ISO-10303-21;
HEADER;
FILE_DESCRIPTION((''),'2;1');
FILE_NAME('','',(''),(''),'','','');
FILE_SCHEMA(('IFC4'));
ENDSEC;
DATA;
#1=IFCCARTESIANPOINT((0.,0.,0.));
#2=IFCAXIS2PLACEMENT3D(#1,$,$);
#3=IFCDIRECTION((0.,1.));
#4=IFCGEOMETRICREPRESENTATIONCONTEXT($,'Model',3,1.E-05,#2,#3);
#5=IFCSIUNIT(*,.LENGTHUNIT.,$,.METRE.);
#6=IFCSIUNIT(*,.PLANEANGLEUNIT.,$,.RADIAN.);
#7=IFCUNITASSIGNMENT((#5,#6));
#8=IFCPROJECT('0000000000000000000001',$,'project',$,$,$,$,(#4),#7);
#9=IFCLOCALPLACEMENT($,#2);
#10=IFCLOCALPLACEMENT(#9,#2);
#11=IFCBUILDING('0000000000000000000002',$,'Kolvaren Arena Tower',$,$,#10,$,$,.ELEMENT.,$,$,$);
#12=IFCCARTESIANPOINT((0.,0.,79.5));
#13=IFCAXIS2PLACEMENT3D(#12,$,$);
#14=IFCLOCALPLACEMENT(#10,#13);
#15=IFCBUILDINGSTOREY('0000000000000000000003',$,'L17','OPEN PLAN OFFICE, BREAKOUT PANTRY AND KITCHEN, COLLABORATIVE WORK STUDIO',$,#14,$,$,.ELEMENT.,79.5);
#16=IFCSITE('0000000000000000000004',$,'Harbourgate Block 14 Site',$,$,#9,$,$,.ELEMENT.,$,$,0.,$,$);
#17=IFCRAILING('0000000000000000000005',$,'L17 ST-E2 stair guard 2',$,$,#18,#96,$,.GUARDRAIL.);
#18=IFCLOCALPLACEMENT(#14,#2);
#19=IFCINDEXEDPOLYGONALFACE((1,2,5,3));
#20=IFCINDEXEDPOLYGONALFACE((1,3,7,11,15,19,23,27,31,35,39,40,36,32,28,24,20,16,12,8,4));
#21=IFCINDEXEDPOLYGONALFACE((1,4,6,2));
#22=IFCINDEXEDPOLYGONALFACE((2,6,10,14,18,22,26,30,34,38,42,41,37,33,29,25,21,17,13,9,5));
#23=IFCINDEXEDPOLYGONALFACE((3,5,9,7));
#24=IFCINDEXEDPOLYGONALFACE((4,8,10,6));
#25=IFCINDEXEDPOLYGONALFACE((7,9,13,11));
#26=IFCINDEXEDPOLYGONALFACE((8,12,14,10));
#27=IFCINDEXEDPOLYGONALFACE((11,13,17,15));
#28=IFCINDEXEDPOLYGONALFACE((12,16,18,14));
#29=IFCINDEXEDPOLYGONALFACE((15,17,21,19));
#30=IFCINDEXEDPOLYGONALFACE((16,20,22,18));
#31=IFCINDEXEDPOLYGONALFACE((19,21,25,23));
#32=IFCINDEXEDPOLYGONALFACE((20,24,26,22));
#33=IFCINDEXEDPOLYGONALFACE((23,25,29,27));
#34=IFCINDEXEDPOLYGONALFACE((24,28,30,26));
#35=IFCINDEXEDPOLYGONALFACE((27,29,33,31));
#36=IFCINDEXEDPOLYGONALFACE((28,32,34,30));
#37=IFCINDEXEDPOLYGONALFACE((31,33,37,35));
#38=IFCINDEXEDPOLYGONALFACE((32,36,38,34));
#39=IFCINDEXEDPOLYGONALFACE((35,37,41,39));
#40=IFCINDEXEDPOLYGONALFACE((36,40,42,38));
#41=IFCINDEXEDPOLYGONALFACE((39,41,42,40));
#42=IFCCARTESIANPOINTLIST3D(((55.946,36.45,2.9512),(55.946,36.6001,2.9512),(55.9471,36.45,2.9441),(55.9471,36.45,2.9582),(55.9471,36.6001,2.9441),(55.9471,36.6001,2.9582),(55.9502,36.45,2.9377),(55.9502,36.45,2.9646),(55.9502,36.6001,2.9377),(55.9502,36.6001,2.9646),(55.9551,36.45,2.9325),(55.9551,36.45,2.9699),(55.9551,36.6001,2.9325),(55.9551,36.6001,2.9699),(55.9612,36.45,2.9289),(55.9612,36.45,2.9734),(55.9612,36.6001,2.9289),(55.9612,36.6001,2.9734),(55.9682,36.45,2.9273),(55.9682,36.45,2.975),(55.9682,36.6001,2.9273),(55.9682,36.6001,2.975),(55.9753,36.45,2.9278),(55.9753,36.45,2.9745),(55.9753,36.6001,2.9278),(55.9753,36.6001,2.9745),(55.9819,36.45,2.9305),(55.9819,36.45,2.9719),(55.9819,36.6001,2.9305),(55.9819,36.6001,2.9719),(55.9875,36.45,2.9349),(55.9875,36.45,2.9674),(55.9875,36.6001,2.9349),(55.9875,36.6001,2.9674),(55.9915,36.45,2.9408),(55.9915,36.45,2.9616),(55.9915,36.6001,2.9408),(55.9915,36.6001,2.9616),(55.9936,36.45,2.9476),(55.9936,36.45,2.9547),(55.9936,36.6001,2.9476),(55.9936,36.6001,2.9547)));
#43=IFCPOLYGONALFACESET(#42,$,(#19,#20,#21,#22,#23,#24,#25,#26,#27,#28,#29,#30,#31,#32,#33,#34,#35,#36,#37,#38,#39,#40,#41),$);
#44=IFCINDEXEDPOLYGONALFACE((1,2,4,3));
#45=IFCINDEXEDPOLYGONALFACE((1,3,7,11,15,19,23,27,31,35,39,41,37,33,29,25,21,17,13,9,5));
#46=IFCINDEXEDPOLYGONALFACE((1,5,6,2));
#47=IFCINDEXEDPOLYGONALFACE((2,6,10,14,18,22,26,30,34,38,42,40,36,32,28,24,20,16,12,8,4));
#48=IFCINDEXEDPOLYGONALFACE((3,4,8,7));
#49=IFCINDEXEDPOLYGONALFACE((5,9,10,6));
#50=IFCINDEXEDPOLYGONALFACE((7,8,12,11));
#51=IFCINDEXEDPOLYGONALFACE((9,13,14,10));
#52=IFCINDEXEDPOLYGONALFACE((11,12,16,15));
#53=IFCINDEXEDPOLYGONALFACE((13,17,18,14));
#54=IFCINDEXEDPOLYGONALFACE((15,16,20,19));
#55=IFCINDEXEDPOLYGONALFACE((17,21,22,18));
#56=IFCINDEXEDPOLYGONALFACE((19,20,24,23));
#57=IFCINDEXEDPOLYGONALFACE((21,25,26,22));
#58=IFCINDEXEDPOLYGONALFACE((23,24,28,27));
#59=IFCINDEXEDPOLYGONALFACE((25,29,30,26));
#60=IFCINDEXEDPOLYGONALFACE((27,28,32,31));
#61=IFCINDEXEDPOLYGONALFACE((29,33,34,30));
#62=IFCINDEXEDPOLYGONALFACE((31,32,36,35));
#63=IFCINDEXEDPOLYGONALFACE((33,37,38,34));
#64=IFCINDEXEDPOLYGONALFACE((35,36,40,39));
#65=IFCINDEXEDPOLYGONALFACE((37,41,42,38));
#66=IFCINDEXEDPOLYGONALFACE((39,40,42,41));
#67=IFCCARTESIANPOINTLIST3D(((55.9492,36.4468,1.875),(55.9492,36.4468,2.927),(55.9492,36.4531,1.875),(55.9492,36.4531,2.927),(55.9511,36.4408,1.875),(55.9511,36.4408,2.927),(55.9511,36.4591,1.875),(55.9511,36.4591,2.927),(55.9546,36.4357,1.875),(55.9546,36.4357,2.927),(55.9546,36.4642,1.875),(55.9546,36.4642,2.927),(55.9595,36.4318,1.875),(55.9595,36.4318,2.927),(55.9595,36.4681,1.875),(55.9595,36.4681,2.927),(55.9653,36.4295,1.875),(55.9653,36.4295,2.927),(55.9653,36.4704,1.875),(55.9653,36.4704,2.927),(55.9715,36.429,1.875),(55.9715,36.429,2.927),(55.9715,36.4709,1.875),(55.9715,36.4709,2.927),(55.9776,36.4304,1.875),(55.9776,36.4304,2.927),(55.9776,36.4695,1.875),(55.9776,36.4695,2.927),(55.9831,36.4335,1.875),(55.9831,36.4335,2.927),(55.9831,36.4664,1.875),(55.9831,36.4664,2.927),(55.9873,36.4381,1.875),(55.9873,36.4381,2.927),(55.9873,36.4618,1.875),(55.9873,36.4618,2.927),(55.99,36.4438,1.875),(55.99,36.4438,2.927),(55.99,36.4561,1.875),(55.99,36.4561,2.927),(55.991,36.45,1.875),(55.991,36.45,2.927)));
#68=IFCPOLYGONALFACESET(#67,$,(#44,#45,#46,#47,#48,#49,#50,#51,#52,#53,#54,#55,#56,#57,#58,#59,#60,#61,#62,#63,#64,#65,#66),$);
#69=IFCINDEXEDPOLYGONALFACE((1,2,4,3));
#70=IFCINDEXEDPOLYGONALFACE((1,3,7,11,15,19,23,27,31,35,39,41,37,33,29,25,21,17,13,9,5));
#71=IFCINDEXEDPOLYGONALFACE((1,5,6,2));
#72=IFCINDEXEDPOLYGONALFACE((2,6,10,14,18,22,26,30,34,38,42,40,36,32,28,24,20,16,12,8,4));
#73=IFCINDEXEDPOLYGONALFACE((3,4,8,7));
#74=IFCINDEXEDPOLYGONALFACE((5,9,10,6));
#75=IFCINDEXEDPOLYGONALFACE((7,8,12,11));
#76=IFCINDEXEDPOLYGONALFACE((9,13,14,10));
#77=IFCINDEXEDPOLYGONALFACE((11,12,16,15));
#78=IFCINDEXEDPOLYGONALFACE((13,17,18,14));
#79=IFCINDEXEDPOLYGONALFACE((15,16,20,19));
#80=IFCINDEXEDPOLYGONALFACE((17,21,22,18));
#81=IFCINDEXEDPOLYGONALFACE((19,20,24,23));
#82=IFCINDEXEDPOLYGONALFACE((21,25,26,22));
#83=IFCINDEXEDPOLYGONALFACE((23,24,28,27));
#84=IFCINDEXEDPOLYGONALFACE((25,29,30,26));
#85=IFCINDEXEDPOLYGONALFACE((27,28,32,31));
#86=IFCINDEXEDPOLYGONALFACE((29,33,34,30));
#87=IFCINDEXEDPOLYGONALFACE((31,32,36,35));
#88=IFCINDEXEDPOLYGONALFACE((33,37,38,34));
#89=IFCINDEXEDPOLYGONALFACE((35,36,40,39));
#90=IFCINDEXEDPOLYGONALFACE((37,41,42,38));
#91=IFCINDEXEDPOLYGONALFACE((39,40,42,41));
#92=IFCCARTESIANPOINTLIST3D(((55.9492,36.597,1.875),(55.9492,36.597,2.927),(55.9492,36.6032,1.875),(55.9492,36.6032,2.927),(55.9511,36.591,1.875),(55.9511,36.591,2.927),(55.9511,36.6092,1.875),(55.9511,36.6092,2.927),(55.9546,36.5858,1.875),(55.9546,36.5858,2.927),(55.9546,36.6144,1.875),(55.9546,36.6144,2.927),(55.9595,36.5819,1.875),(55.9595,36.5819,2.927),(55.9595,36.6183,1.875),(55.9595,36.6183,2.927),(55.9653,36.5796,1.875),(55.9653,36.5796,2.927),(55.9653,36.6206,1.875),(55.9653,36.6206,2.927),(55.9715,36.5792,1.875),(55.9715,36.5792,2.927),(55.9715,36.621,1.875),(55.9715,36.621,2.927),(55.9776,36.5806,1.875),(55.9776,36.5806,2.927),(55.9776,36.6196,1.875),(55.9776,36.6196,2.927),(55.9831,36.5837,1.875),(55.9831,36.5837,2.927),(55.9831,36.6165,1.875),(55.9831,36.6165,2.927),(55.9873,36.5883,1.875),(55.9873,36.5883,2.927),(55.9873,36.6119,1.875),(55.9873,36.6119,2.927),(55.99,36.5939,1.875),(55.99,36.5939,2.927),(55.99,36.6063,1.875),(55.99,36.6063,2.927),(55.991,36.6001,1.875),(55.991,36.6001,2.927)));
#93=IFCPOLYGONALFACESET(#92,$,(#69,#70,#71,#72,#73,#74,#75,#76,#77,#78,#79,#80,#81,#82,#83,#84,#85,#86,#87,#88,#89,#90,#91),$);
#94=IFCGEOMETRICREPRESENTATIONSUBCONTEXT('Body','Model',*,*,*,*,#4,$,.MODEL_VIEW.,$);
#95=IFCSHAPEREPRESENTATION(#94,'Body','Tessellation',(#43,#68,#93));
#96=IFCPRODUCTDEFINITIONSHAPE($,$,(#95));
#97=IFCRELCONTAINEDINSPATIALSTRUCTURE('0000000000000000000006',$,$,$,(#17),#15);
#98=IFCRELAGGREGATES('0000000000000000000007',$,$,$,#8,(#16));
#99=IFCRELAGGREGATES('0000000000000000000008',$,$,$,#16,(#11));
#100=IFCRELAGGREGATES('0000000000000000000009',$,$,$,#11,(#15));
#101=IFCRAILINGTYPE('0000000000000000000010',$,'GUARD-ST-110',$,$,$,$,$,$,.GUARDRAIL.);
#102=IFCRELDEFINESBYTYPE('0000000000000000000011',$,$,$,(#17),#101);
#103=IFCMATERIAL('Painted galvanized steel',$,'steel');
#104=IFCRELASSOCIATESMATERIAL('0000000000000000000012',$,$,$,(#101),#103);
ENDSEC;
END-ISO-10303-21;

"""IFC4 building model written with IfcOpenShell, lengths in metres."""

from ifc_helpers import new_model, si_unit, direction, frame, origin, origin_2d, place, context, subcontext, project, spatial, circle, extrude, material, type_object, element, save


model = new_model("IFC4")

# Units and contexts
model_context = context("Model", 3, precision=1e-05, world=origin(), true_north=direction((0.0, 1.0)))
body_context = subcontext(model_context, "Body", "Model", "MODEL_VIEW")
ifc_project = project(units=[si_unit("LENGTHUNIT", "METRE"), si_unit("PLANEANGLEUNIT", "RADIAN")], contexts=[model_context])

# Site, building, storey
site_placement = place(None, origin())
site = spatial("IfcSite", under=ifc_project, at=site_placement, Name="Harbourgate Block 14 Site", CompositionType="ELEMENT", RefElevation=0.0)
building_placement = place(site_placement, origin())
building = spatial("IfcBuilding", under=site, at=building_placement, Name="Kolvaren Arena Tower", CompositionType="ELEMENT")
storey_placement = place(building_placement, frame((0.0, 0.0, 79.5)))
storey = spatial("IfcBuildingStorey", under=building, at=storey_placement, Name="L17", Description="OPEN PLAN OFFICE, BREAKOUT PANTRY AND KITCHEN, COLLABORATIVE WORK STUDIO", CompositionType="ELEMENT", Elevation=79.5)

# Railing
ifc_material_1 = material(Name="Painted galvanized steel", Category="steel")
railing_type_1 = type_object("IfcRailingType", Name="GUARD-ST-110", PredefinedType="GUARDRAIL", material=ifc_material_1)
railing_1_placement = place(storey_placement, frame((55.97, 36.45, 1.875)))
element("IfcRailing", 1, at=railing_1_placement, inside=storey, type_object=railing_type_1, Name="L17 ST-E2 stair guard 2", PredefinedType="GUARDRAIL", context=body_context, shape_type="SweptSolid", body=[
    extrude(circle(Radius=0.0239, at=origin_2d()), frame((0.0, 0.0, 1.0762), z_axis=(0.0, 1.0, 0.0), x_axis=(-1.0, 0.0, 0.0)), (0.0, 0.0, 1.0), 0.1501),
    extrude(circle(Radius=0.021, at=origin_2d()), origin(), (0.0, 0.0, 1.0), 1.052),
    extrude(circle(Radius=0.021, at=origin_2d()), frame((0.0, 0.1501, 0.0)), (0.0, 0.0, 1.0), 1.052),
])

save(model, "model.ifc")
